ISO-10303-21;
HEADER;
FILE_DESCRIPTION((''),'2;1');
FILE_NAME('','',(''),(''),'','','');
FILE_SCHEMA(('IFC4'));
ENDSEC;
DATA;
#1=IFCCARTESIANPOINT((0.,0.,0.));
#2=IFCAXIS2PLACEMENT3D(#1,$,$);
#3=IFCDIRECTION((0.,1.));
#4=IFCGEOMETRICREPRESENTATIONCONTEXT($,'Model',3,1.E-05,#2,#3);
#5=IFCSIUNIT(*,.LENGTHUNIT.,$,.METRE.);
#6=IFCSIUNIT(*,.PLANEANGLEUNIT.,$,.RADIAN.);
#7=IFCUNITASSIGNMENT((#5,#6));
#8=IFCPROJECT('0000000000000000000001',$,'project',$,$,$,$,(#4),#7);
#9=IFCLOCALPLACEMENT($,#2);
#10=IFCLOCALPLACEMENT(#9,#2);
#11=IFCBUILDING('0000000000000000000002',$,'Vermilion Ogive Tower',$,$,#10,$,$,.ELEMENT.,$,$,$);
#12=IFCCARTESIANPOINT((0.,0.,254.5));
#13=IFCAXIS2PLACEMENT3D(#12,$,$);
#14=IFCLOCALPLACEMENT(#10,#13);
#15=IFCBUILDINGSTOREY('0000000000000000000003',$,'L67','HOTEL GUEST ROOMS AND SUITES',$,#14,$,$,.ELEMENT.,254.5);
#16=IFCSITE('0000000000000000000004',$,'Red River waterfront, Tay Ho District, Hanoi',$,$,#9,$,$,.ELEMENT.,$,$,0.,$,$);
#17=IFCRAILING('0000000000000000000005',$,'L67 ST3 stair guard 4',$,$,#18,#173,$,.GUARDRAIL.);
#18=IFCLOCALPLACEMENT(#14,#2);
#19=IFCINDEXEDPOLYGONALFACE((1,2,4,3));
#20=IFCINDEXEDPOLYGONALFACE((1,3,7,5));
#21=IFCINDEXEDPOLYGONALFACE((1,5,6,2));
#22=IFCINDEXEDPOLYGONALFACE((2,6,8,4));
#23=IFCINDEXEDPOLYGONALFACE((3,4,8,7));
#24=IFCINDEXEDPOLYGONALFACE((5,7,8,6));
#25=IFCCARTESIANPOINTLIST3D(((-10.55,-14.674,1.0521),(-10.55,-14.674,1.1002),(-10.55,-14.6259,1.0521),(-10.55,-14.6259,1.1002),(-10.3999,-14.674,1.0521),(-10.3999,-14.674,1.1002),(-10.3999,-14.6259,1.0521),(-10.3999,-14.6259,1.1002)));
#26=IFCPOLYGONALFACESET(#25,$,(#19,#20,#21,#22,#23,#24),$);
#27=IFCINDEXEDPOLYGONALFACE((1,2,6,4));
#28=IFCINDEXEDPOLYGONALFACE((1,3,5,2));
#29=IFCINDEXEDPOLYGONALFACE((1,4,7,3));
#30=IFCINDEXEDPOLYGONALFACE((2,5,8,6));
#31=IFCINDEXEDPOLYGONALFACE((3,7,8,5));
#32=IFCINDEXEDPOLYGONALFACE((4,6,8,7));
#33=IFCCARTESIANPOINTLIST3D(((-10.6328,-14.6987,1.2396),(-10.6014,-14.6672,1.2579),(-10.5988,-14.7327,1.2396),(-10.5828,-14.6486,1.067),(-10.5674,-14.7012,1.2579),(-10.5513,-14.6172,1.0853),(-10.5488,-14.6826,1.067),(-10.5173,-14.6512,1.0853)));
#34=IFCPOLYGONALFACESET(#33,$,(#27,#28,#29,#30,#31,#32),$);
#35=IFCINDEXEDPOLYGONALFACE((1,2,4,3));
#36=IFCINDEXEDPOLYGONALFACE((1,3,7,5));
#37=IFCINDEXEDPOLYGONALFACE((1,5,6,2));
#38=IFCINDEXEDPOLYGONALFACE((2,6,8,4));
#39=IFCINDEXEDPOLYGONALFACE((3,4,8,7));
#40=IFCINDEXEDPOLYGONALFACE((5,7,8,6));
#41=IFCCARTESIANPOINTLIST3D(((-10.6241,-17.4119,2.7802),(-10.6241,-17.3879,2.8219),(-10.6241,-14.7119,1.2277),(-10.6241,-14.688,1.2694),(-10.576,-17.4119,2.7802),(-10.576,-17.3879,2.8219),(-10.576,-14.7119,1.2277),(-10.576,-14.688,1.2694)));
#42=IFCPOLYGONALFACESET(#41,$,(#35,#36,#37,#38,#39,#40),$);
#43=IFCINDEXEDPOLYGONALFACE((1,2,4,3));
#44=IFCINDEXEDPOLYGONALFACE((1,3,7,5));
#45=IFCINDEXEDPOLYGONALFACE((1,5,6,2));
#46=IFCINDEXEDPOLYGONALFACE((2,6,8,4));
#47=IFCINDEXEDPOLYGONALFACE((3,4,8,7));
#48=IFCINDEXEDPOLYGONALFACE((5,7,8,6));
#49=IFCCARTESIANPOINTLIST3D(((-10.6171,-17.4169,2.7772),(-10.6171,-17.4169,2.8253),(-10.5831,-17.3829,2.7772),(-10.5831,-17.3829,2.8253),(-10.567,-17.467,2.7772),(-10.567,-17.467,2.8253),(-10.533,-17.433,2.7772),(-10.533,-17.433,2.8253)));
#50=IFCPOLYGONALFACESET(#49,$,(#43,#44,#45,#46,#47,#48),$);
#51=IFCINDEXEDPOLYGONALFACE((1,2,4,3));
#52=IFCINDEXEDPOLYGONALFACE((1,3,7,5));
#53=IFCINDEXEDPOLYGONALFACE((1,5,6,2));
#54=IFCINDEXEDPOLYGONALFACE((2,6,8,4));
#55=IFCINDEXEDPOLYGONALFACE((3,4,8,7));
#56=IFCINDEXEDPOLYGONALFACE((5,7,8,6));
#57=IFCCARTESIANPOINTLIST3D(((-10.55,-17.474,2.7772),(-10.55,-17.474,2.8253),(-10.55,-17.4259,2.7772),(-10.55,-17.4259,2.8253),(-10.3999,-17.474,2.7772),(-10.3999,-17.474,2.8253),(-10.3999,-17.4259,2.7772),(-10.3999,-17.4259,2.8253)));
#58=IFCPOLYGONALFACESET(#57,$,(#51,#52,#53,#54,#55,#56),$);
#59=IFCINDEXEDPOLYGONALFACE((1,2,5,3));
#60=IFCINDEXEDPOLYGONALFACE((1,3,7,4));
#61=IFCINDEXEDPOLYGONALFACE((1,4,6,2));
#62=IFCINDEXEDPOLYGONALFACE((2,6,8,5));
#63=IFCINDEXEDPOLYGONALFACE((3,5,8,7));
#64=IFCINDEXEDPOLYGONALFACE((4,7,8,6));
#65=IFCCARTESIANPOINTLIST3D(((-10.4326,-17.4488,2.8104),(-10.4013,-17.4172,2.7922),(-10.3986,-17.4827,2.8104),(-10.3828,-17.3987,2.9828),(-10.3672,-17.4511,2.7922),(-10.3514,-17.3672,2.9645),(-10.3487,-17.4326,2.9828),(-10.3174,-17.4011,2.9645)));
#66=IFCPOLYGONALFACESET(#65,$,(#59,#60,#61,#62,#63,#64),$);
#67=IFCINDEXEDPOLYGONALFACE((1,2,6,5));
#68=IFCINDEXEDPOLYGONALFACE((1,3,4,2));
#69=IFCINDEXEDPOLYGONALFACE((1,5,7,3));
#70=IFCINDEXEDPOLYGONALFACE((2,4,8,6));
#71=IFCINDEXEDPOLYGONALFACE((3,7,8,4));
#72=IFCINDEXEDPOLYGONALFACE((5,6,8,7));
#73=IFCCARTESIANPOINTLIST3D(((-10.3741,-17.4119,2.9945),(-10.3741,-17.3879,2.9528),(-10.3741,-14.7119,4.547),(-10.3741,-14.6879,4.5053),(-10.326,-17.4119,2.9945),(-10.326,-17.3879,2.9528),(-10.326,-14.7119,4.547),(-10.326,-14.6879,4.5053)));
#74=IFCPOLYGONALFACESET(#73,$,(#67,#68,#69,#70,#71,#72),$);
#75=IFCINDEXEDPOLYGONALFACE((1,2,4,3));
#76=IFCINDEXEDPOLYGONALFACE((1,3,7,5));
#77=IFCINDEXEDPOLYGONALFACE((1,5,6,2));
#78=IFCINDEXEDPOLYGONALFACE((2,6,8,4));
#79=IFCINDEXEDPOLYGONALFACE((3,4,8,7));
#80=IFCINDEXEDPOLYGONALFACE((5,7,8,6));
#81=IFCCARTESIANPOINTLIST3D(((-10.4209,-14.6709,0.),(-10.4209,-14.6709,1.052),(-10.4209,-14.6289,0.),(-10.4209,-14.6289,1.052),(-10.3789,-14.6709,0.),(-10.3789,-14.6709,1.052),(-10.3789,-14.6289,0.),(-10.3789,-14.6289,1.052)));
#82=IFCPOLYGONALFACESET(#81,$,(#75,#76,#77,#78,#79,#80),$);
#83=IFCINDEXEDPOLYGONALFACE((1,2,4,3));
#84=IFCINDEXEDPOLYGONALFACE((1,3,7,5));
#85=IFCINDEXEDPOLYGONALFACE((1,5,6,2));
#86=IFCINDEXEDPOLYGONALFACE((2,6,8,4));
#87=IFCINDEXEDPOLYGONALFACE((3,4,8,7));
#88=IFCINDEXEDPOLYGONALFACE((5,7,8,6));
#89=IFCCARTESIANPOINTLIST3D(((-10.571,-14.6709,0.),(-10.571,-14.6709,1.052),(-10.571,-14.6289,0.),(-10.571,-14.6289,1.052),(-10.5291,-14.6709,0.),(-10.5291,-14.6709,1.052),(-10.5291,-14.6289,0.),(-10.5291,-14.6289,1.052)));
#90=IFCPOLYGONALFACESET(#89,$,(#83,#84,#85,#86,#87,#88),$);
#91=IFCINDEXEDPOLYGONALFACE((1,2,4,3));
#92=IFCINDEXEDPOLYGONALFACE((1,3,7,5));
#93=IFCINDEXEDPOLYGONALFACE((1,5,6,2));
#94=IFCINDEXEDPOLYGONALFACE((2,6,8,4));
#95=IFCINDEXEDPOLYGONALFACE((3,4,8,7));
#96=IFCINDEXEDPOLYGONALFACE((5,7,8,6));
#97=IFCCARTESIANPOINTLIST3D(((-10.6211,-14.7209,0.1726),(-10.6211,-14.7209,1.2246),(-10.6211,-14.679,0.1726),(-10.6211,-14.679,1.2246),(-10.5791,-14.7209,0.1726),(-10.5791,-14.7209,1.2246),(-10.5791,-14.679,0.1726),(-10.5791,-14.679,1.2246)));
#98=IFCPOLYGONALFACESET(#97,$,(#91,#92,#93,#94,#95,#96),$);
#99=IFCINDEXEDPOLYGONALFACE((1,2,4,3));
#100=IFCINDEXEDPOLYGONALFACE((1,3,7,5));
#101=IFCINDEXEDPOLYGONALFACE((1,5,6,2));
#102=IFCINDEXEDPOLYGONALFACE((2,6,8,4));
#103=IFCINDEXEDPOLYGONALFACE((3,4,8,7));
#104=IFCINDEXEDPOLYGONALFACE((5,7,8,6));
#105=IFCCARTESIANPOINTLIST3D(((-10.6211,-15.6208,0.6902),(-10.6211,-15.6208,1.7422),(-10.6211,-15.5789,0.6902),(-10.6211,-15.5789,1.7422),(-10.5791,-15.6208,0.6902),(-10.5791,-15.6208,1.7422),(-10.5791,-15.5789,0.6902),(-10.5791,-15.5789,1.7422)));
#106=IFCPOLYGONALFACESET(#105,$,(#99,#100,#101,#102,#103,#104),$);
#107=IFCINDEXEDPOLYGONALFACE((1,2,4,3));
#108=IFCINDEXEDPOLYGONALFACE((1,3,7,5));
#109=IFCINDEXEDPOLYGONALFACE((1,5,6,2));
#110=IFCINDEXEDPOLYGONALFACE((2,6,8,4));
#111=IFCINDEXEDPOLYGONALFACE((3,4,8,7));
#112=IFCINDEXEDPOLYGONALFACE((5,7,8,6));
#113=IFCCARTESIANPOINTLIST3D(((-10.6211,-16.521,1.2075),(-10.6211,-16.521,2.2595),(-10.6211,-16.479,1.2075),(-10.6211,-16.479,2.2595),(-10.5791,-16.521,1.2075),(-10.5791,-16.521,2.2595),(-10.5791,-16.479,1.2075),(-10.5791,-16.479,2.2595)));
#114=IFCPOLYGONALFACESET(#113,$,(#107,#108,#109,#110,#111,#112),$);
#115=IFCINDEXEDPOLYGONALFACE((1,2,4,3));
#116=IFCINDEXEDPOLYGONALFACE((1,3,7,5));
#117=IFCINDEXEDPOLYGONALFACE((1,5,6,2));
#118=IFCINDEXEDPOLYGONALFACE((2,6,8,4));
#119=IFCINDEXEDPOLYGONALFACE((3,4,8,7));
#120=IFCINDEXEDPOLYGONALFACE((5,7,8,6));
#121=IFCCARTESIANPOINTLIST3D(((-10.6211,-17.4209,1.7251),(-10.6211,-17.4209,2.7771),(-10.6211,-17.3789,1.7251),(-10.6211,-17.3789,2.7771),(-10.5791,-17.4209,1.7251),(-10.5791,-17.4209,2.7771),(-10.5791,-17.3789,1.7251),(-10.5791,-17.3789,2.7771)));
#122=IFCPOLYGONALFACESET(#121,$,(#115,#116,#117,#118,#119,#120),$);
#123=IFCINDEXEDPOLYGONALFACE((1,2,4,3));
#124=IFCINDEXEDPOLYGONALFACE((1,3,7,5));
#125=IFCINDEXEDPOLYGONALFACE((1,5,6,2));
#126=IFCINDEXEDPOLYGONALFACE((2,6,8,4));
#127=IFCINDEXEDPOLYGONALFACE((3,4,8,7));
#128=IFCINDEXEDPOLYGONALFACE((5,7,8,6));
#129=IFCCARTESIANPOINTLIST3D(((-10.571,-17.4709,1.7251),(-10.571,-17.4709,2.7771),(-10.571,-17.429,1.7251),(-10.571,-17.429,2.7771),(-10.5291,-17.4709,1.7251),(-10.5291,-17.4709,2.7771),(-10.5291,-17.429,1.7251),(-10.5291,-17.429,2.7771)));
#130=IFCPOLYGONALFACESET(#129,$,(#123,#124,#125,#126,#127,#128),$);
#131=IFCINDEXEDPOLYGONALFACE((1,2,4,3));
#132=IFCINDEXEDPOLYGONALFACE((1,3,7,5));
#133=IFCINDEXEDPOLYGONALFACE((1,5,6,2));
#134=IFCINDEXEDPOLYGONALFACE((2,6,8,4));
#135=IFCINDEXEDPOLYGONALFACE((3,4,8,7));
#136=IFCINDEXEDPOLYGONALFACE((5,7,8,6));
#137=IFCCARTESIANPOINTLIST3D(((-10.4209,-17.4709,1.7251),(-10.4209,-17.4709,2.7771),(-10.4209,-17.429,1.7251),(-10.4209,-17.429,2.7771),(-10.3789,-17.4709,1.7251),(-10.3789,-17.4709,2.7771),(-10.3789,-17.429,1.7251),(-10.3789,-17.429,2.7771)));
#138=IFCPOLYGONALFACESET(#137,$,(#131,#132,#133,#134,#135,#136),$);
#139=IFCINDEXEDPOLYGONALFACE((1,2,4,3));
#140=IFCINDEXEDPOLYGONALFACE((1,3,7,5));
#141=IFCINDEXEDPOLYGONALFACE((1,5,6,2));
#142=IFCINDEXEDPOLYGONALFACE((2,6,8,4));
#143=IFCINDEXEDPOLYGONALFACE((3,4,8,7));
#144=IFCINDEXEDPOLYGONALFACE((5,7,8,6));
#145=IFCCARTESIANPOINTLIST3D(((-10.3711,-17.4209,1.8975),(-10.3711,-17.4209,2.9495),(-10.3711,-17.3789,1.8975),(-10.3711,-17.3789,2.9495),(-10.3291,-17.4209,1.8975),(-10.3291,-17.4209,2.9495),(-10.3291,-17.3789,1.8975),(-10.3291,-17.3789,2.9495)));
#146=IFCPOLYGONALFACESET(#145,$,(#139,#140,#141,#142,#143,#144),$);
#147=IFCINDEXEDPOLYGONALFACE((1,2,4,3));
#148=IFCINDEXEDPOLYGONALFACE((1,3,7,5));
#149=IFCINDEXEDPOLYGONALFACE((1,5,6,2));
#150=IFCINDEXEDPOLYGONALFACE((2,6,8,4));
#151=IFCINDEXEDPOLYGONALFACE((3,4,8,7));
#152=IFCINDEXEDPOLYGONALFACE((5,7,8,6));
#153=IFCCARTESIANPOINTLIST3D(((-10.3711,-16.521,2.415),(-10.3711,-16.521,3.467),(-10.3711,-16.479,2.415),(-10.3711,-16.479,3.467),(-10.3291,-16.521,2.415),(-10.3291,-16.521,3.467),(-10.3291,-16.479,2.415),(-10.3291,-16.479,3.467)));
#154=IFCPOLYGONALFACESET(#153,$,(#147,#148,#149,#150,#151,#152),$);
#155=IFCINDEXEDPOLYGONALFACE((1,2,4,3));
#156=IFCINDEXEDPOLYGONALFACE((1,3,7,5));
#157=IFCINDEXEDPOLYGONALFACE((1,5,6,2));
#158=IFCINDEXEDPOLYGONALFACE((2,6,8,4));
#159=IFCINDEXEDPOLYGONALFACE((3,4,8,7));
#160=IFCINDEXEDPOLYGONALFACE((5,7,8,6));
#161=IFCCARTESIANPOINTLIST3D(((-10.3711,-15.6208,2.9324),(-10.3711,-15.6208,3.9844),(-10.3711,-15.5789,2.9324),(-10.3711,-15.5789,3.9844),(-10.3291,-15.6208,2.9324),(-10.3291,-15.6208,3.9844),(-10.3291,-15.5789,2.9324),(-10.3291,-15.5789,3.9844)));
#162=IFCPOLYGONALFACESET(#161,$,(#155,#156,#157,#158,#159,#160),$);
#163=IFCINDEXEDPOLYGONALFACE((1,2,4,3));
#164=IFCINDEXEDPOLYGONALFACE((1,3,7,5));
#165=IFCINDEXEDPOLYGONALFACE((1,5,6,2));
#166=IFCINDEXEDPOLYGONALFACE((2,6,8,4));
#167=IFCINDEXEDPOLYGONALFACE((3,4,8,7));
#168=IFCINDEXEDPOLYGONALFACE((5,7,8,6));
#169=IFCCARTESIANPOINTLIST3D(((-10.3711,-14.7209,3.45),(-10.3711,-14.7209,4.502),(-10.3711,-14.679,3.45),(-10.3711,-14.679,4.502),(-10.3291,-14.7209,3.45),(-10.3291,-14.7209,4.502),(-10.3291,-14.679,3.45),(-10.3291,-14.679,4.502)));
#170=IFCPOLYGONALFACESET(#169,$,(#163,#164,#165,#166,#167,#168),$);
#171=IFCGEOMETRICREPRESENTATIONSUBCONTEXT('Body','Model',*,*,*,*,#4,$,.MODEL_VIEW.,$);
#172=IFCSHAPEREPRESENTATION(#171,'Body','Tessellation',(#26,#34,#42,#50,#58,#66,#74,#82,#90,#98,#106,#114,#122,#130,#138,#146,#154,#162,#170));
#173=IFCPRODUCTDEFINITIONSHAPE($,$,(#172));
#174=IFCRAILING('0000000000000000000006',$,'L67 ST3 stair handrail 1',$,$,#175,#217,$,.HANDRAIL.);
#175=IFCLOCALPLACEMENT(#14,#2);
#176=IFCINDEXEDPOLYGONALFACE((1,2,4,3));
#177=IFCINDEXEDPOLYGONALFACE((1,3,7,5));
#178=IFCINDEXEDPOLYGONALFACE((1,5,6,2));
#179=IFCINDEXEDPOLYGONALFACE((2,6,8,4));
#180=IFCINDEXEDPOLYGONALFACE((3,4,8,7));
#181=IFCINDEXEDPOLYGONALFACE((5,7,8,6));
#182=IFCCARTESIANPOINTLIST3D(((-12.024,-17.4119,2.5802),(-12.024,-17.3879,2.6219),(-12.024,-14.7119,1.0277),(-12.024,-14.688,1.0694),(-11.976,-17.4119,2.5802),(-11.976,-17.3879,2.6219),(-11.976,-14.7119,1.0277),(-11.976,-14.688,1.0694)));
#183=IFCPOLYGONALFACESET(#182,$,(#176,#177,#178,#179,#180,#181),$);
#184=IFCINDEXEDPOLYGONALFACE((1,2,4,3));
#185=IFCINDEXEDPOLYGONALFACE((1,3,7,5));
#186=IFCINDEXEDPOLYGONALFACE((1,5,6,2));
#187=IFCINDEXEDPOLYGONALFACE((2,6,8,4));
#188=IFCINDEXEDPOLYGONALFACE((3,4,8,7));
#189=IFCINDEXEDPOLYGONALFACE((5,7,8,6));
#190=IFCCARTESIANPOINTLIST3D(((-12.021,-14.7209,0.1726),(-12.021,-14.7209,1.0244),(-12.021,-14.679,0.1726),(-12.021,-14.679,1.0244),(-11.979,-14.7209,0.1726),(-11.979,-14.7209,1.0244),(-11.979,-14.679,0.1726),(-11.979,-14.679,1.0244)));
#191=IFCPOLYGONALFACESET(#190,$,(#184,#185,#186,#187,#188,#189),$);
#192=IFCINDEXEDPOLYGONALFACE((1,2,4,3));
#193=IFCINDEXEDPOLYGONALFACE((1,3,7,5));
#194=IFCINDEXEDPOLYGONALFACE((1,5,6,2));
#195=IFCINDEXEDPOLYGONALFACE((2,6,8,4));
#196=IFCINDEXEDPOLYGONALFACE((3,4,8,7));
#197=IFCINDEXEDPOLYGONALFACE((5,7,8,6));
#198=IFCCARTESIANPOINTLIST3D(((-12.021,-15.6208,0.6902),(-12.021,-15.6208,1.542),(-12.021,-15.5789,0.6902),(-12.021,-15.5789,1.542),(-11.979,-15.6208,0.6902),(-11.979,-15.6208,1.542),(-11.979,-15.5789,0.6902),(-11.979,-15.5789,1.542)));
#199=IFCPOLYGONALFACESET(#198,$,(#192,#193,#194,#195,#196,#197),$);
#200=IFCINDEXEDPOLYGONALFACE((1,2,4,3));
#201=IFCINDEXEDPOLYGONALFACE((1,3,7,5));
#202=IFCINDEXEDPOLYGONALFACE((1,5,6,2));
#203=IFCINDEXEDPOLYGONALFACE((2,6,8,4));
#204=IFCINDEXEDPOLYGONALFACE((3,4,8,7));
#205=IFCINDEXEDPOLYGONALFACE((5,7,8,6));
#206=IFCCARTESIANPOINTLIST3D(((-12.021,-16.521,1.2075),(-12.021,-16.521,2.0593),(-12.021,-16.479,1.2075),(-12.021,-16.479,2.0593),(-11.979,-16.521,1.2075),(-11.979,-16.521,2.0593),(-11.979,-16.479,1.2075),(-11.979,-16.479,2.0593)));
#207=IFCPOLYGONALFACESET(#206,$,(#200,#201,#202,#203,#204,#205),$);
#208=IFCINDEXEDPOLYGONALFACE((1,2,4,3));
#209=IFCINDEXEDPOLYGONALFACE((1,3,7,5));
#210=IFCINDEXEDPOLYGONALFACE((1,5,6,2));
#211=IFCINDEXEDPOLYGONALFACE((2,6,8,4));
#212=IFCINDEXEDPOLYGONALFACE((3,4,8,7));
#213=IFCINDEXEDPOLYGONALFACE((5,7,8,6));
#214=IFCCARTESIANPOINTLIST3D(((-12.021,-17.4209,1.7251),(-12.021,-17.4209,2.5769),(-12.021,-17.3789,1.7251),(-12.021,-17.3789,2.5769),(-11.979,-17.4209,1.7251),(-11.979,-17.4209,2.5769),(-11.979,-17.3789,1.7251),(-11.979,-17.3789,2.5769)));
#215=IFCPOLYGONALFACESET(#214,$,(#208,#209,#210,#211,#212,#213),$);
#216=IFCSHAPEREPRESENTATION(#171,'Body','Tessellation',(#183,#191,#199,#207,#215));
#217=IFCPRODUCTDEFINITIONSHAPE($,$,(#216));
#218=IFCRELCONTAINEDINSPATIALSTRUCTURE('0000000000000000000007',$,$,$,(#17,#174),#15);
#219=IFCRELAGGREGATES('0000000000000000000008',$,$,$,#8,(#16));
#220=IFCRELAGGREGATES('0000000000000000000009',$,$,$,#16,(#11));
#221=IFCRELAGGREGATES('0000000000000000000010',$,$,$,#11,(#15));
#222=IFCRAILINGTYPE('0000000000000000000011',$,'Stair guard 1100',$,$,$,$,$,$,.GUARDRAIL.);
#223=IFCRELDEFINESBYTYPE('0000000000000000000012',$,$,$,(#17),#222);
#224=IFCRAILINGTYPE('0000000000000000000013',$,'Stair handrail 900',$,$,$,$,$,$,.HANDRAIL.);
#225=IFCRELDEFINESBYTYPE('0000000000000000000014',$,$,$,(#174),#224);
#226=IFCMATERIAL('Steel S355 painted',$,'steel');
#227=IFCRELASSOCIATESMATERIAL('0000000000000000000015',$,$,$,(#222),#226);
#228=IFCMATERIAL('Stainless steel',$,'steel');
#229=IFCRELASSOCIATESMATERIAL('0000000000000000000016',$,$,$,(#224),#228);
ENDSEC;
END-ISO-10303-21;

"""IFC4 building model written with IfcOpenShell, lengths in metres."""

from ifc_helpers import new_model, si_unit, direction, frame, origin, origin_2d, place, context, subcontext, project, spatial, rectangle, extrude, material, type_object, element, save


model = new_model("IFC4")

# Units and contexts
model_context = context("Model", 3, precision=1e-05, world=origin(), true_north=direction((0.0, 1.0)))
body_context = subcontext(model_context, "Body", "Model", "MODEL_VIEW")
ifc_project = project(units=[si_unit("LENGTHUNIT", "METRE"), si_unit("PLANEANGLEUNIT", "RADIAN")], contexts=[model_context])

# Site, building, storey
site_placement = place(None, origin())
site = spatial("IfcSite", under=ifc_project, at=site_placement, Name="Red River waterfront, Tay Ho District, Hanoi", CompositionType="ELEMENT", RefElevation=0.0)
building_placement = place(site_placement, origin())
building = spatial("IfcBuilding", under=site, at=building_placement, Name="Vermilion Ogive Tower", CompositionType="ELEMENT")
storey_placement = place(building_placement, frame((0.0, 0.0, 254.5)))
storey = spatial("IfcBuildingStorey", under=building, at=storey_placement, Name="L67", Description="HOTEL GUEST ROOMS AND SUITES", CompositionType="ELEMENT", Elevation=254.5)

# Railings
ifc_material_1 = material(Name="Steel S355 painted", Category="steel")
railing_type_1 = type_object("IfcRailingType", Name="Stair guard 1100", PredefinedType="GUARDRAIL", material=ifc_material_1)
railing_1_placement = place(storey_placement, frame((-10.3999, -14.6499, 0.0)))
element("IfcRailing", 1, at=railing_1_placement, inside=storey, type_object=railing_type_1, Name="L67 ST3 stair guard 4", PredefinedType="GUARDRAIL", context=body_context, shape_type="SweptSolid", body=[
    extrude(rectangle(XDim=0.0481, YDim=0.0481, at=origin_2d()), frame((0.0, 0.0, 1.0762), z_axis=(-1.0, 0.0, 0.0), x_axis=(0.0, -1.0, 0.0)), (0.0, 0.0, 1.0), 0.1501),
    extrude(rectangle(XDim=0.0481, YDim=0.0481, at=origin_2d()), frame((-0.1501, 0.0, 1.0762), z_axis=(-0.268278, -0.268278, 0.925232), x_axis=(0.707107, -0.707107, 0.0)), (0.0, 0.0, 1.0), 0.1865),
    extrude(rectangle(XDim=0.0481, YDim=0.0481, at=origin_2d()), frame((-0.2002, -0.05, 1.2485), z_axis=(0.0, -0.866904, 0.498476), x_axis=(1.0, 0.0, 0.0)), (0.0, 0.0, 1.0), 3.1145),
    extrude(rectangle(XDim=0.0481, YDim=0.0481, at=origin_2d()), frame((-0.2002, -2.75, 2.8013), z_axis=(0.707107, -0.707107, 0.0), x_axis=(0.707107, 0.707107, 0.0)), (0.0, 0.0, 1.0), 0.0708),
    extrude(rectangle(XDim=0.0481, YDim=0.0481, at=origin_2d()), frame((-0.1501, -2.8, 2.8013), z_axis=(1.0, 0.0, 0.0), x_axis=(0.0, 1.0, 0.0)), (0.0, 0.0, 1.0), 0.1501),
    extrude(rectangle(XDim=0.0481, YDim=0.0481, at=origin_2d()), frame((0.0, -2.8, 2.8013), z_axis=(0.267387, 0.268698, 0.925368), x_axis=(-0.708834, 0.705376, 0.0)), (0.0, 0.0, 1.0), 0.1863),
    extrude(rectangle(XDim=0.0481, YDim=0.0481, at=origin_2d()), frame((0.0498, -2.75, 2.9736), z_axis=(0.0, 0.866904, 0.498476), x_axis=(-1.0, 0.0, 0.0)), (0.0, 0.0, 1.0), 3.1145),
    extrude(rectangle(XDim=0.042, YDim=0.042, at=origin_2d()), origin(), (0.0, 0.0, 1.0), 1.052),
    extrude(rectangle(XDim=0.042, YDim=0.042, at=origin_2d()), frame((-0.1501, 0.0, 0.0)), (0.0, 0.0, 1.0), 1.052),
    extrude(rectangle(XDim=0.042, YDim=0.042, at=origin_2d()), frame((-0.2002, -0.05, 0.1726)), (0.0, 0.0, 1.0), 1.052),
    extrude(rectangle(XDim=0.042, YDim=0.042, at=origin_2d()), frame((-0.2002, -0.95, 0.6902)), (0.0, 0.0, 1.0), 1.052),
    extrude(rectangle(XDim=0.042, YDim=0.042, at=origin_2d()), frame((-0.2002, -1.8501, 1.2075)), (0.0, 0.0, 1.0), 1.052),
    extrude(rectangle(XDim=0.042, YDim=0.042, at=origin_2d()), frame((-0.2002, -2.75, 1.7251)), (0.0, 0.0, 1.0), 1.052),
    extrude(rectangle(XDim=0.042, YDim=0.042, at=origin_2d()), frame((-0.1501, -2.8, 1.7251)), (0.0, 0.0, 1.0), 1.052),
    extrude(rectangle(XDim=0.042, YDim=0.042, at=origin_2d()), frame((0.0, -2.8, 1.7251)), (0.0, 0.0, 1.0), 1.052),
    extrude(rectangle(XDim=0.042, YDim=0.042, at=origin_2d()), frame((0.0498, -2.75, 1.8975)), (0.0, 0.0, 1.0), 1.052),
    extrude(rectangle(XDim=0.042, YDim=0.042, at=origin_2d()), frame((0.0498, -1.8501, 2.415)), (0.0, 0.0, 1.0), 1.052),
    extrude(rectangle(XDim=0.042, YDim=0.042, at=origin_2d()), frame((0.0498, -0.95, 2.9324)), (0.0, 0.0, 1.0), 1.052),
    extrude(rectangle(XDim=0.042, YDim=0.042, at=origin_2d()), frame((0.0498, -0.05, 3.45)), (0.0, 0.0, 1.0), 1.052),
])
ifc_material_2 = material(Name="Stainless steel", Category="steel")
railing_type_2 = type_object("IfcRailingType", Name="Stair handrail 900", PredefinedType="HANDRAIL", material=ifc_material_2)
railing_2_placement = place(storey_placement, frame((-12.0, -14.7, 0.1726)))
element("IfcRailing", 2, at=railing_2_placement, inside=storey, type_object=railing_type_2, Name="L67 ST3 stair handrail 1", PredefinedType="HANDRAIL", context=body_context, shape_type="SweptSolid", body=[
    extrude(rectangle(XDim=0.0481, YDim=0.0481, at=origin_2d()), frame((0.0, 0.0, 0.876), z_axis=(0.0, -0.866904, 0.498476), x_axis=(1.0, 0.0, 0.0)), (0.0, 0.0, 1.0), 3.1145),
    extrude(rectangle(XDim=0.042, YDim=0.042, at=origin_2d()), origin(), (0.0, 0.0, 1.0), 0.8518),
    extrude(rectangle(XDim=0.042, YDim=0.042, at=origin_2d()), frame((0.0, -0.8999, 0.5176)), (0.0, 0.0, 1.0), 0.8518),
    extrude(rectangle(XDim=0.042, YDim=0.042, at=origin_2d()), frame((0.0, -1.8, 1.0349)), (0.0, 0.0, 1.0), 0.8518),
    extrude(rectangle(XDim=0.042, YDim=0.042, at=origin_2d()), frame((0.0, -2.7, 1.5525)), (0.0, 0.0, 1.0), 0.8518),
])

save(model, "model.ifc")
